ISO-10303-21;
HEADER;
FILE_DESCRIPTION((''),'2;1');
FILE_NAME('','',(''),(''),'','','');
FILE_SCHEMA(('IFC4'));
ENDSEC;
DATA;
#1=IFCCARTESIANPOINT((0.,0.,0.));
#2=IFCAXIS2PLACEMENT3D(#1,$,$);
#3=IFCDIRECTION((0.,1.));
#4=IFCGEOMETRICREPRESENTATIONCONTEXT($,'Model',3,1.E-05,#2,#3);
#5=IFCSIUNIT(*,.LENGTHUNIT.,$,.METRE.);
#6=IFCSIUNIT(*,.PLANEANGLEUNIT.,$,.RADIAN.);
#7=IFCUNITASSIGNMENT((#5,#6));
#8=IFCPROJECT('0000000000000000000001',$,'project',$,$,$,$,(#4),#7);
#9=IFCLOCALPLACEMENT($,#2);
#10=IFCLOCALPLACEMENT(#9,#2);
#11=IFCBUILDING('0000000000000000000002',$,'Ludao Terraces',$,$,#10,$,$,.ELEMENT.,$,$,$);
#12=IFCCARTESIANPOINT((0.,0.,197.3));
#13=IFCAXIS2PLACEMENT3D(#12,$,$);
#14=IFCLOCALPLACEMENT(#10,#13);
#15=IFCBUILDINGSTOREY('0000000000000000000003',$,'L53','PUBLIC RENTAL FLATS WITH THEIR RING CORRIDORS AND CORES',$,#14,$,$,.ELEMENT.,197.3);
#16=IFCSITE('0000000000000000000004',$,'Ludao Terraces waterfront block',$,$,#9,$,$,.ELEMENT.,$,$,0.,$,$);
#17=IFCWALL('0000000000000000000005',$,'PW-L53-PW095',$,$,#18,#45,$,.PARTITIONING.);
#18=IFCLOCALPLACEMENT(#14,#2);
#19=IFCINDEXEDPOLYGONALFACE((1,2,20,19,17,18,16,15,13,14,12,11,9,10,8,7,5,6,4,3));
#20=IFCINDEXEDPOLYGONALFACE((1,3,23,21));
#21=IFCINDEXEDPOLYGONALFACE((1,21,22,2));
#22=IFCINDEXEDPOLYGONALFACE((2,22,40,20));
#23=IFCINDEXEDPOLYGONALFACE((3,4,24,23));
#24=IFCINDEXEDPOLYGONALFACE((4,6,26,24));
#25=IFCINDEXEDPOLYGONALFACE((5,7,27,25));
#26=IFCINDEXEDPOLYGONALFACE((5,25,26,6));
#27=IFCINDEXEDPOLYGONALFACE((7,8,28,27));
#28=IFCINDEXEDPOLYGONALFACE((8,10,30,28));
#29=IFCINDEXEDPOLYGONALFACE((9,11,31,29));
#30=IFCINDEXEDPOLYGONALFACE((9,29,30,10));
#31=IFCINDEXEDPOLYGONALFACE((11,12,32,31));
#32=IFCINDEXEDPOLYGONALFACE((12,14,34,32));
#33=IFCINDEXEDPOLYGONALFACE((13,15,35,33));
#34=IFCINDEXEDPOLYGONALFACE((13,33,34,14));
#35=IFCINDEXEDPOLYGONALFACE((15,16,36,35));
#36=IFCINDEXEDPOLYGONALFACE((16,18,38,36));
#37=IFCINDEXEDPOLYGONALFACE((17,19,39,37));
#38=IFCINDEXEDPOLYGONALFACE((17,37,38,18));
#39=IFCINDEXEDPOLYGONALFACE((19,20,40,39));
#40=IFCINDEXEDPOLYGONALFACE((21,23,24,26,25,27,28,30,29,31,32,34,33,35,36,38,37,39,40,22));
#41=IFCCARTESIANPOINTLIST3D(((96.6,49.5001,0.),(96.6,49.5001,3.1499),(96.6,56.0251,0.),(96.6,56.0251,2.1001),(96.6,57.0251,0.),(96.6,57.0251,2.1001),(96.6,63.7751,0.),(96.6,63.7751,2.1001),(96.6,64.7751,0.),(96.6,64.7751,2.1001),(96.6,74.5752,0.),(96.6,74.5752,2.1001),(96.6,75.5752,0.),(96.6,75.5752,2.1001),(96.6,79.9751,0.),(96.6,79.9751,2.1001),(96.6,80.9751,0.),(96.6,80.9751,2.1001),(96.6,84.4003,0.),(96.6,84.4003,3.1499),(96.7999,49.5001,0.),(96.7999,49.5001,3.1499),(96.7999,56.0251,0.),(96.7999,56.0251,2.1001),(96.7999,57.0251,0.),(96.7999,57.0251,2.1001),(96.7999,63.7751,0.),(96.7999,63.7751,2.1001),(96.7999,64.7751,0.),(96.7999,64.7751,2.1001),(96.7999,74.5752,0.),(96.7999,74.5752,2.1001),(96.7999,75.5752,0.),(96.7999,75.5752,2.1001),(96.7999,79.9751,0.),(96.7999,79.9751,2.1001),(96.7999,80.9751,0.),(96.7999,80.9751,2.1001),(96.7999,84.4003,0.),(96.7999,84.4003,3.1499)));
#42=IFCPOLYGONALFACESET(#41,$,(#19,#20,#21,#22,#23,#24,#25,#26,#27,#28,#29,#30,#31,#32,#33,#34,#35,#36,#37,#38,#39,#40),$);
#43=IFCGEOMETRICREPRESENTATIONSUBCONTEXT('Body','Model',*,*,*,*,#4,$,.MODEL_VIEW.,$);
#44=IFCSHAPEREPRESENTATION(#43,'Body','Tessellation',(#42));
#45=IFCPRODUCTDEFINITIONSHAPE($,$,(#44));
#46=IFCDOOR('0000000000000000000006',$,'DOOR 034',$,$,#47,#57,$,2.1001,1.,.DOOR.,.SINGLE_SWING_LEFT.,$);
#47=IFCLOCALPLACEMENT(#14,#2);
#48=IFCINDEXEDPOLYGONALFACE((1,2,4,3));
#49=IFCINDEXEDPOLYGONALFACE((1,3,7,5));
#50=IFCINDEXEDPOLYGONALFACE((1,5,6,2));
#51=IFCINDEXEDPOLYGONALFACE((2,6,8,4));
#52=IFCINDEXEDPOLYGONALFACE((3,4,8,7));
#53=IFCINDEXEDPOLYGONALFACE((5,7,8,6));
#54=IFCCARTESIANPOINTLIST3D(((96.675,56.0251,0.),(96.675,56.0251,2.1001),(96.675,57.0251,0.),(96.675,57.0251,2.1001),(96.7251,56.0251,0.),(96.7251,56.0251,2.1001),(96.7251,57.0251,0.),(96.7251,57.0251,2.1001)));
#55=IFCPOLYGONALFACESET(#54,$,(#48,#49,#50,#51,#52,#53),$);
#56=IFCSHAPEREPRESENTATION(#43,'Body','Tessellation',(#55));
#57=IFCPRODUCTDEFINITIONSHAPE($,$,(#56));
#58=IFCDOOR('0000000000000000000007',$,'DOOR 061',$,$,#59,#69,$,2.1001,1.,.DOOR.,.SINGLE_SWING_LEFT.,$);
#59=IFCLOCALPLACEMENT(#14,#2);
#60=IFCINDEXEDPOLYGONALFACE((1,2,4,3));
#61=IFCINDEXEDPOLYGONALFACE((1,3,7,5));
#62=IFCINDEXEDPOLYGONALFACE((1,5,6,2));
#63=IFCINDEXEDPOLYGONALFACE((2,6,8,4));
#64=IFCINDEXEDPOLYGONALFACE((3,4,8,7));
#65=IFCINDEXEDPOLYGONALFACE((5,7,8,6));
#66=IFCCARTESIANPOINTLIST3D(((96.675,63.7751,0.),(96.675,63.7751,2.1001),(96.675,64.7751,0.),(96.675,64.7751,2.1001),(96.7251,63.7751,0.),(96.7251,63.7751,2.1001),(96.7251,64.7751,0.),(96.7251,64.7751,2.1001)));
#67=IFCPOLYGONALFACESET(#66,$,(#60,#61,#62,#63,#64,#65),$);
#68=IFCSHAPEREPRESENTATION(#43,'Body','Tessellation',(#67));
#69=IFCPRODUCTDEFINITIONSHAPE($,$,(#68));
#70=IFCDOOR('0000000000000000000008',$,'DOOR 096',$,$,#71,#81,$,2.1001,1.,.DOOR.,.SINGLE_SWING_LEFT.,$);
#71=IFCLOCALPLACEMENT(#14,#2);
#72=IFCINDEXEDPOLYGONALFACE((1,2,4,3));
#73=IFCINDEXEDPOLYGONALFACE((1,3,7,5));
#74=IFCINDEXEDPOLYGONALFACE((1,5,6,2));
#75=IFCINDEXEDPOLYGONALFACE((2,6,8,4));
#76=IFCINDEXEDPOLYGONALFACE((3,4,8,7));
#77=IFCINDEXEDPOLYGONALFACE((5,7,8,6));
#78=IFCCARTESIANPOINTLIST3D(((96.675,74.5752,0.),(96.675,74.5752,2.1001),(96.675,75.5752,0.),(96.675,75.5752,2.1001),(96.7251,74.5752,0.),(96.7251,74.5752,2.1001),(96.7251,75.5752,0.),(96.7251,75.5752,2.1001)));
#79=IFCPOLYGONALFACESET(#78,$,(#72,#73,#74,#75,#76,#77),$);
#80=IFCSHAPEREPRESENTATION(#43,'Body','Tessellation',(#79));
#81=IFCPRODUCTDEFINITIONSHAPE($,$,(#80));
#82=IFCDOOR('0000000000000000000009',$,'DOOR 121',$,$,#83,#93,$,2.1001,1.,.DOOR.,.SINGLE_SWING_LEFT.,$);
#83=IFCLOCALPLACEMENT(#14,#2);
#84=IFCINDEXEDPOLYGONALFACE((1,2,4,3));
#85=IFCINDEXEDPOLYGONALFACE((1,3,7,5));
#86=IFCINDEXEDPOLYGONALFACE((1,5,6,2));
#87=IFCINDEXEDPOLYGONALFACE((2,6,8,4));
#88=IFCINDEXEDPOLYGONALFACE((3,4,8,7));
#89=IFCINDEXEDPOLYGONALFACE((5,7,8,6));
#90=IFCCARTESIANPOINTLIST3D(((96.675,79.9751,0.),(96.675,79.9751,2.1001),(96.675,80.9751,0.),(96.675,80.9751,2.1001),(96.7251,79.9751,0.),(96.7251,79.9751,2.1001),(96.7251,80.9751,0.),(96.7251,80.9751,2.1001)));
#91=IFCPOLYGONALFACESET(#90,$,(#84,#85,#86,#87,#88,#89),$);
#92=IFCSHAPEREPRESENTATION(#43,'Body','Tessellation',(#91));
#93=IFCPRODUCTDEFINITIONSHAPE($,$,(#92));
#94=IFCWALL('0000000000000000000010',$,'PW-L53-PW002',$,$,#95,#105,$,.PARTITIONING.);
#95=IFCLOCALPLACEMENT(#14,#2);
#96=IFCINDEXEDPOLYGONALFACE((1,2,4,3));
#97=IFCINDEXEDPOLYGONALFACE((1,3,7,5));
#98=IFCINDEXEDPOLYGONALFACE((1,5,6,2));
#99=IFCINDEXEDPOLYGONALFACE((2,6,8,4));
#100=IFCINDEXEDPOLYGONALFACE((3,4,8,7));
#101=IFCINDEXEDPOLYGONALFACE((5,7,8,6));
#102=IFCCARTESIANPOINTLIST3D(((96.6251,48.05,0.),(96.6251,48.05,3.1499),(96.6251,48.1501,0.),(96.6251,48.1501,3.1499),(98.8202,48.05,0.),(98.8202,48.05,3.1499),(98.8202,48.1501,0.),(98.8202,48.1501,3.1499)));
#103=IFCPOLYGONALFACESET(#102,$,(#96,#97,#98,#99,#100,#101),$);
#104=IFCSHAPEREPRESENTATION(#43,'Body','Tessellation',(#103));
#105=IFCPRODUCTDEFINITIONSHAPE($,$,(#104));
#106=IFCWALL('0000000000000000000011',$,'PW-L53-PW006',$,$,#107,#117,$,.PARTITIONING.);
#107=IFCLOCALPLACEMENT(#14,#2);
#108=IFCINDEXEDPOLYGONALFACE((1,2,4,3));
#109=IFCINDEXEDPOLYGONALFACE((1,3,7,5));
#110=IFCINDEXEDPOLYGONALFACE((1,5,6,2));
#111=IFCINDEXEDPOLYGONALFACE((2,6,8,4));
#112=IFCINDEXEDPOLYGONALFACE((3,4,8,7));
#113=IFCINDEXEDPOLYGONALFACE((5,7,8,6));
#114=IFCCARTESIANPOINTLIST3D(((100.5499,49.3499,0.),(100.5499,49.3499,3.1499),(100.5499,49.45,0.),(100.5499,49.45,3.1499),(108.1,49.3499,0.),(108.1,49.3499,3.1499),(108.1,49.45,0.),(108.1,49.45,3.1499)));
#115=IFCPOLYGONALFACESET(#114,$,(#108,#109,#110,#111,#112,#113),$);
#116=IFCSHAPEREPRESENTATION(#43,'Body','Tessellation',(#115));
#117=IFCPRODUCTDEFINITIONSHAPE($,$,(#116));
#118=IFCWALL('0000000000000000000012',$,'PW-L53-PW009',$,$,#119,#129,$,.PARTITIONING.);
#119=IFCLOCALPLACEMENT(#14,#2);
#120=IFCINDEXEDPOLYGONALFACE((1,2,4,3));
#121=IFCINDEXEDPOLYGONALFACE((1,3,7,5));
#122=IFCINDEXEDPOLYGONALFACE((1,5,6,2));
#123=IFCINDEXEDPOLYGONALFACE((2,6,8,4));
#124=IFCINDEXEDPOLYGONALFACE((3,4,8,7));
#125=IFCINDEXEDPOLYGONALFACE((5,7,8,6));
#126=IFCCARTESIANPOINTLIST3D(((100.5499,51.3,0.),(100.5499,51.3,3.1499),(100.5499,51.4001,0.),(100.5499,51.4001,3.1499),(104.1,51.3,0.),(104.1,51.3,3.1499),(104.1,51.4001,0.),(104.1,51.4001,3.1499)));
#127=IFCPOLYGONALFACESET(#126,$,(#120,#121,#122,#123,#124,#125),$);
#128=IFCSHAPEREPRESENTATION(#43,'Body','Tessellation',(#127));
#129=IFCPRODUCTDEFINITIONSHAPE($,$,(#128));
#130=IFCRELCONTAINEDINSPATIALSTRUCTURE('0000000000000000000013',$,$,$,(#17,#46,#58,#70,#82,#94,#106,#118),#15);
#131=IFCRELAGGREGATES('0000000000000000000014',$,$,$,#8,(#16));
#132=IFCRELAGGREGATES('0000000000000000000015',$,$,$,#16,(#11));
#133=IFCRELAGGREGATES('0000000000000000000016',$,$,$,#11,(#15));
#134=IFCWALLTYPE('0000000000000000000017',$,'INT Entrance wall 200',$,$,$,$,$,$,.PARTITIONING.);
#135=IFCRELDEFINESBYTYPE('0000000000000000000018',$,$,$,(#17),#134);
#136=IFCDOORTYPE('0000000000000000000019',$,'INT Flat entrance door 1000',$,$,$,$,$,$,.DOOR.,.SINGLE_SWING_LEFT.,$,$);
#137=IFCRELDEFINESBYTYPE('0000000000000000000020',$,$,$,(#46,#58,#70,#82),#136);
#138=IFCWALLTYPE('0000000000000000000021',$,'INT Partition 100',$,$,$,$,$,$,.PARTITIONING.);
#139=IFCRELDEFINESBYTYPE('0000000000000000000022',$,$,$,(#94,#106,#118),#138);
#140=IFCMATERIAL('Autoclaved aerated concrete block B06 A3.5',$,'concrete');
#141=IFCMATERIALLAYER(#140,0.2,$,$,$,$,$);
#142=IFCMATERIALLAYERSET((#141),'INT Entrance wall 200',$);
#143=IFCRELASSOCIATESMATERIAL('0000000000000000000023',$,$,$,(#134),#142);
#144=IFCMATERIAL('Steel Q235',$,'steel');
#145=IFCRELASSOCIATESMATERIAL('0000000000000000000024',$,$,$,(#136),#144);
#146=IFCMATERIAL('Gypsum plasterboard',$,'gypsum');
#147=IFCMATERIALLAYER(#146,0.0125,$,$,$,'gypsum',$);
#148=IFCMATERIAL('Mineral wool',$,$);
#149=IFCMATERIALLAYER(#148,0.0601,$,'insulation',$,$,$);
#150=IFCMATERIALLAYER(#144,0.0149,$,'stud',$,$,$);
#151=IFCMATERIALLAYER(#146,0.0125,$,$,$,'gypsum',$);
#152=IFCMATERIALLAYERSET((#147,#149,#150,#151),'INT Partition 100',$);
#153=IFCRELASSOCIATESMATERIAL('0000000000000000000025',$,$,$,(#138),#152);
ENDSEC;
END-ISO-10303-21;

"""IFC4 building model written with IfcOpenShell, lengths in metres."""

from ifc_helpers import new_model, si_unit, direction, frame, frame_2d, origin, place, context, subcontext, project, spatial, rectangle, extrude, material, layer, layer_set, type_object, element, fill, save


model = new_model("IFC4")

# Units and contexts
model_context = context("Model", 3, precision=1e-05, world=origin(), true_north=direction((0.0, 1.0)))
body_context = subcontext(model_context, "Body", "Model", "MODEL_VIEW")
ifc_project = project(units=[si_unit("LENGTHUNIT", "METRE"), si_unit("PLANEANGLEUNIT", "RADIAN")], contexts=[model_context])

# Site, building, storey
site_placement = place(None, origin())
site = spatial("IfcSite", under=ifc_project, at=site_placement, Name="Ludao Terraces waterfront block", CompositionType="ELEMENT", RefElevation=0.0)
building_placement = place(site_placement, origin())
building = spatial("IfcBuilding", under=site, at=building_placement, Name="Ludao Terraces", CompositionType="ELEMENT")
storey_placement = place(building_placement, frame((0.0, 0.0, 197.3)))
storey = spatial("IfcBuildingStorey", under=building, at=storey_placement, Name="L53", Description="PUBLIC RENTAL FLATS WITH THEIR RING CORRIDORS AND CORES", CompositionType="ELEMENT", Elevation=197.3)

# Wall, openings, doors
ifc_material_1 = material(Name="Autoclaved aerated concrete block B06 A3.5", Category="concrete")
ifc_layer_1 = layer(ifc_material_1, 0.2)
ifc_layer_set_1 = layer_set([ifc_layer_1], Name="INT Entrance wall 200")
wall_type_1 = type_object("IfcWallType", Name="INT Entrance wall 200", PredefinedType="PARTITIONING", material=ifc_layer_set_1)
wall_1_placement = place(storey_placement, frame((96.7, 49.5, 0.0), z_axis=(0.0, 0.0, 1.0), x_axis=(0.0, 1.0, 0.0)))
wall_1 = element("IfcWall", 1, at=wall_1_placement, inside=storey, type_object=wall_type_1, Name="PW-L53-PW095", PredefinedType="PARTITIONING", context=body_context, shape_type="SweptSolid", body=[
    extrude(rectangle(XDim=34.9001, YDim=0.2, at=frame_2d((17.4502, 0.0))), origin(), (0.0, 0.0, 1.0), 3.1499),
])
opening_1_placement = place(wall_1_placement, frame((6.5251, 0.0, 0.0)))
opening_1 = element("IfcOpeningElement", 2, at=opening_1_placement, cuts=wall_1, PredefinedType="OPENING", context=body_context, shape_type="SweptSolid", body=[
    extrude(rectangle(XDim=1.0, YDim=2.1001, at=frame_2d((0.5, 1.05))), frame((0.0, 0.1099, 0.0), z_axis=(0.0, -1.0, 0.0), x_axis=(1.0, 0.0, 0.0)), (0.0, 0.0, 1.0), 0.22),
])
opening_2_placement = place(wall_1_placement, frame((14.2751, 0.0, 0.0)))
opening_2 = element("IfcOpeningElement", 3, at=opening_2_placement, cuts=wall_1, PredefinedType="OPENING", context=body_context, shape_type="SweptSolid", body=[
    extrude(rectangle(XDim=1.0, YDim=2.1001, at=frame_2d((0.5, 1.05))), frame((0.0, 0.1099, 0.0), z_axis=(0.0, -1.0, 0.0), x_axis=(1.0, 0.0, 0.0)), (0.0, 0.0, 1.0), 0.22),
])
opening_3_placement = place(wall_1_placement, frame((25.0752, 0.0, 0.0)))
opening_3 = element("IfcOpeningElement", 4, at=opening_3_placement, cuts=wall_1, PredefinedType="OPENING", context=body_context, shape_type="SweptSolid", body=[
    extrude(rectangle(XDim=1.0, YDim=2.1001, at=frame_2d((0.5, 1.05))), frame((0.0, 0.1099, 0.0), z_axis=(0.0, -1.0, 0.0), x_axis=(1.0, 0.0, 0.0)), (0.0, 0.0, 1.0), 0.22),
])
opening_4_placement = place(wall_1_placement, frame((30.4751, 0.0, 0.0)))
opening_4 = element("IfcOpeningElement", 5, at=opening_4_placement, cuts=wall_1, PredefinedType="OPENING", context=body_context, shape_type="SweptSolid", body=[
    extrude(rectangle(XDim=1.0, YDim=2.1001, at=frame_2d((0.5, 1.05))), frame((0.0, 0.1099, 0.0), z_axis=(0.0, -1.0, 0.0), x_axis=(1.0, 0.0, 0.0)), (0.0, 0.0, 1.0), 0.22),
])
ifc_material_2 = material(Name="Steel Q235", Category="steel")
door_type_1 = type_object("IfcDoorType", Name="INT Flat entrance door 1000", OperationType="SINGLE_SWING_LEFT", PredefinedType="DOOR", material=ifc_material_2)
door_1_placement = place(opening_1_placement, origin())
door_1 = element("IfcDoor", 6, at=door_1_placement, inside=storey, type_object=door_type_1, Name="DOOR 034", OperationType="SINGLE_SWING_LEFT", OverallHeight=2.1001, OverallWidth=1.0, PredefinedType="DOOR", context=body_context, shape_type="SweptSolid", body=[
    extrude(rectangle(XDim=1.0, YDim=2.1001, at=frame_2d((0.5, 1.05))), frame((0.0, 0.0249, 0.0), z_axis=(0.0, -1.0, 0.0), x_axis=(1.0, 0.0, 0.0)), (0.0, 0.0, 1.0), 0.05),
])
fill(opening_1, door_1)
door_2_placement = place(opening_2_placement, origin())
door_2 = element("IfcDoor", 7, at=door_2_placement, inside=storey, type_object=door_type_1, Name="DOOR 061", OperationType="SINGLE_SWING_LEFT", OverallHeight=2.1001, OverallWidth=1.0, PredefinedType="DOOR", context=body_context, shape_type="SweptSolid", body=[
    extrude(rectangle(XDim=1.0, YDim=2.1001, at=frame_2d((0.5, 1.05))), frame((0.0, 0.0249, 0.0), z_axis=(0.0, -1.0, 0.0), x_axis=(1.0, 0.0, 0.0)), (0.0, 0.0, 1.0), 0.05),
])
fill(opening_2, door_2)
door_3_placement = place(opening_3_placement, origin())
door_3 = element("IfcDoor", 8, at=door_3_placement, inside=storey, type_object=door_type_1, Name="DOOR 096", OperationType="SINGLE_SWING_LEFT", OverallHeight=2.1001, OverallWidth=1.0, PredefinedType="DOOR", context=body_context, shape_type="SweptSolid", body=[
    extrude(rectangle(XDim=1.0, YDim=2.1001, at=frame_2d((0.5, 1.05))), frame((0.0, 0.0249, 0.0), z_axis=(0.0, -1.0, 0.0), x_axis=(1.0, 0.0, 0.0)), (0.0, 0.0, 1.0), 0.05),
])
fill(opening_3, door_3)
door_4_placement = place(opening_4_placement, origin())
door_4 = element("IfcDoor", 9, at=door_4_placement, inside=storey, type_object=door_type_1, Name="DOOR 121", OperationType="SINGLE_SWING_LEFT", OverallHeight=2.1001, OverallWidth=1.0, PredefinedType="DOOR", context=body_context, shape_type="SweptSolid", body=[
    extrude(rectangle(XDim=1.0, YDim=2.1001, at=frame_2d((0.5, 1.05))), frame((0.0, 0.0249, 0.0), z_axis=(0.0, -1.0, 0.0), x_axis=(1.0, 0.0, 0.0)), (0.0, 0.0, 1.0), 0.05),
])
fill(opening_4, door_4)

# Walls
ifc_material_3 = material(Name="Gypsum plasterboard", Category="gypsum")
ifc_layer_2 = layer(ifc_material_3, 0.0125, Category="gypsum")
ifc_material_4 = material(Name="Mineral wool")
ifc_layer_3 = layer(ifc_material_4, 0.0601, Name="insulation")
ifc_layer_4 = layer(ifc_material_2, 0.0149, Name="stud")
ifc_layer_5 = layer(ifc_material_3, 0.0125, Category="gypsum")
ifc_layer_set_2 = layer_set([ifc_layer_2, ifc_layer_3, ifc_layer_4, ifc_layer_5], Name="INT Partition 100")
wall_type_2 = type_object("IfcWallType", Name="INT Partition 100", PredefinedType="PARTITIONING", material=ifc_layer_set_2)
wall_2_placement = place(storey_placement, frame((96.625, 48.1001, 0.0), z_axis=(0.0, 0.0, 1.0), x_axis=(1.0, 0.0, 0.0)))
element("IfcWall", 10, at=wall_2_placement, inside=storey, type_object=wall_type_2, Name="PW-L53-PW002", PredefinedType="PARTITIONING", context=body_context, shape_type="SweptSolid", body=[
    extrude(rectangle(XDim=2.1951, YDim=0.1001, at=frame_2d((1.0977, 0.0))), origin(), (0.0, 0.0, 1.0), 3.1499),
])
wall_3_placement = place(storey_placement, frame((100.55, 49.3999, 0.0), z_axis=(0.0, 0.0, 1.0), x_axis=(1.0, 0.0, 0.0)))
element("IfcWall", 11, at=wall_3_placement, inside=storey, type_object=wall_type_2, Name="PW-L53-PW006", PredefinedType="PARTITIONING", context=body_context, shape_type="SweptSolid", body=[
    extrude(rectangle(XDim=7.55, YDim=0.1001, at=frame_2d((3.7749, 0.0))), origin(), (0.0, 0.0, 1.0), 3.1499),
])
wall_4_placement = place(storey_placement, frame((100.55, 51.3501, 0.0), z_axis=(0.0, 0.0, 1.0), x_axis=(1.0, 0.0, 0.0)))
element("IfcWall", 12, at=wall_4_placement, inside=storey, type_object=wall_type_2, Name="PW-L53-PW009", PredefinedType="PARTITIONING", context=body_context, shape_type="SweptSolid", body=[
    extrude(rectangle(XDim=3.55, YDim=0.1001, at=frame_2d((1.7749, 0.0))), origin(), (0.0, 0.0, 1.0), 3.1499),
])

save(model, "model.ifc")
